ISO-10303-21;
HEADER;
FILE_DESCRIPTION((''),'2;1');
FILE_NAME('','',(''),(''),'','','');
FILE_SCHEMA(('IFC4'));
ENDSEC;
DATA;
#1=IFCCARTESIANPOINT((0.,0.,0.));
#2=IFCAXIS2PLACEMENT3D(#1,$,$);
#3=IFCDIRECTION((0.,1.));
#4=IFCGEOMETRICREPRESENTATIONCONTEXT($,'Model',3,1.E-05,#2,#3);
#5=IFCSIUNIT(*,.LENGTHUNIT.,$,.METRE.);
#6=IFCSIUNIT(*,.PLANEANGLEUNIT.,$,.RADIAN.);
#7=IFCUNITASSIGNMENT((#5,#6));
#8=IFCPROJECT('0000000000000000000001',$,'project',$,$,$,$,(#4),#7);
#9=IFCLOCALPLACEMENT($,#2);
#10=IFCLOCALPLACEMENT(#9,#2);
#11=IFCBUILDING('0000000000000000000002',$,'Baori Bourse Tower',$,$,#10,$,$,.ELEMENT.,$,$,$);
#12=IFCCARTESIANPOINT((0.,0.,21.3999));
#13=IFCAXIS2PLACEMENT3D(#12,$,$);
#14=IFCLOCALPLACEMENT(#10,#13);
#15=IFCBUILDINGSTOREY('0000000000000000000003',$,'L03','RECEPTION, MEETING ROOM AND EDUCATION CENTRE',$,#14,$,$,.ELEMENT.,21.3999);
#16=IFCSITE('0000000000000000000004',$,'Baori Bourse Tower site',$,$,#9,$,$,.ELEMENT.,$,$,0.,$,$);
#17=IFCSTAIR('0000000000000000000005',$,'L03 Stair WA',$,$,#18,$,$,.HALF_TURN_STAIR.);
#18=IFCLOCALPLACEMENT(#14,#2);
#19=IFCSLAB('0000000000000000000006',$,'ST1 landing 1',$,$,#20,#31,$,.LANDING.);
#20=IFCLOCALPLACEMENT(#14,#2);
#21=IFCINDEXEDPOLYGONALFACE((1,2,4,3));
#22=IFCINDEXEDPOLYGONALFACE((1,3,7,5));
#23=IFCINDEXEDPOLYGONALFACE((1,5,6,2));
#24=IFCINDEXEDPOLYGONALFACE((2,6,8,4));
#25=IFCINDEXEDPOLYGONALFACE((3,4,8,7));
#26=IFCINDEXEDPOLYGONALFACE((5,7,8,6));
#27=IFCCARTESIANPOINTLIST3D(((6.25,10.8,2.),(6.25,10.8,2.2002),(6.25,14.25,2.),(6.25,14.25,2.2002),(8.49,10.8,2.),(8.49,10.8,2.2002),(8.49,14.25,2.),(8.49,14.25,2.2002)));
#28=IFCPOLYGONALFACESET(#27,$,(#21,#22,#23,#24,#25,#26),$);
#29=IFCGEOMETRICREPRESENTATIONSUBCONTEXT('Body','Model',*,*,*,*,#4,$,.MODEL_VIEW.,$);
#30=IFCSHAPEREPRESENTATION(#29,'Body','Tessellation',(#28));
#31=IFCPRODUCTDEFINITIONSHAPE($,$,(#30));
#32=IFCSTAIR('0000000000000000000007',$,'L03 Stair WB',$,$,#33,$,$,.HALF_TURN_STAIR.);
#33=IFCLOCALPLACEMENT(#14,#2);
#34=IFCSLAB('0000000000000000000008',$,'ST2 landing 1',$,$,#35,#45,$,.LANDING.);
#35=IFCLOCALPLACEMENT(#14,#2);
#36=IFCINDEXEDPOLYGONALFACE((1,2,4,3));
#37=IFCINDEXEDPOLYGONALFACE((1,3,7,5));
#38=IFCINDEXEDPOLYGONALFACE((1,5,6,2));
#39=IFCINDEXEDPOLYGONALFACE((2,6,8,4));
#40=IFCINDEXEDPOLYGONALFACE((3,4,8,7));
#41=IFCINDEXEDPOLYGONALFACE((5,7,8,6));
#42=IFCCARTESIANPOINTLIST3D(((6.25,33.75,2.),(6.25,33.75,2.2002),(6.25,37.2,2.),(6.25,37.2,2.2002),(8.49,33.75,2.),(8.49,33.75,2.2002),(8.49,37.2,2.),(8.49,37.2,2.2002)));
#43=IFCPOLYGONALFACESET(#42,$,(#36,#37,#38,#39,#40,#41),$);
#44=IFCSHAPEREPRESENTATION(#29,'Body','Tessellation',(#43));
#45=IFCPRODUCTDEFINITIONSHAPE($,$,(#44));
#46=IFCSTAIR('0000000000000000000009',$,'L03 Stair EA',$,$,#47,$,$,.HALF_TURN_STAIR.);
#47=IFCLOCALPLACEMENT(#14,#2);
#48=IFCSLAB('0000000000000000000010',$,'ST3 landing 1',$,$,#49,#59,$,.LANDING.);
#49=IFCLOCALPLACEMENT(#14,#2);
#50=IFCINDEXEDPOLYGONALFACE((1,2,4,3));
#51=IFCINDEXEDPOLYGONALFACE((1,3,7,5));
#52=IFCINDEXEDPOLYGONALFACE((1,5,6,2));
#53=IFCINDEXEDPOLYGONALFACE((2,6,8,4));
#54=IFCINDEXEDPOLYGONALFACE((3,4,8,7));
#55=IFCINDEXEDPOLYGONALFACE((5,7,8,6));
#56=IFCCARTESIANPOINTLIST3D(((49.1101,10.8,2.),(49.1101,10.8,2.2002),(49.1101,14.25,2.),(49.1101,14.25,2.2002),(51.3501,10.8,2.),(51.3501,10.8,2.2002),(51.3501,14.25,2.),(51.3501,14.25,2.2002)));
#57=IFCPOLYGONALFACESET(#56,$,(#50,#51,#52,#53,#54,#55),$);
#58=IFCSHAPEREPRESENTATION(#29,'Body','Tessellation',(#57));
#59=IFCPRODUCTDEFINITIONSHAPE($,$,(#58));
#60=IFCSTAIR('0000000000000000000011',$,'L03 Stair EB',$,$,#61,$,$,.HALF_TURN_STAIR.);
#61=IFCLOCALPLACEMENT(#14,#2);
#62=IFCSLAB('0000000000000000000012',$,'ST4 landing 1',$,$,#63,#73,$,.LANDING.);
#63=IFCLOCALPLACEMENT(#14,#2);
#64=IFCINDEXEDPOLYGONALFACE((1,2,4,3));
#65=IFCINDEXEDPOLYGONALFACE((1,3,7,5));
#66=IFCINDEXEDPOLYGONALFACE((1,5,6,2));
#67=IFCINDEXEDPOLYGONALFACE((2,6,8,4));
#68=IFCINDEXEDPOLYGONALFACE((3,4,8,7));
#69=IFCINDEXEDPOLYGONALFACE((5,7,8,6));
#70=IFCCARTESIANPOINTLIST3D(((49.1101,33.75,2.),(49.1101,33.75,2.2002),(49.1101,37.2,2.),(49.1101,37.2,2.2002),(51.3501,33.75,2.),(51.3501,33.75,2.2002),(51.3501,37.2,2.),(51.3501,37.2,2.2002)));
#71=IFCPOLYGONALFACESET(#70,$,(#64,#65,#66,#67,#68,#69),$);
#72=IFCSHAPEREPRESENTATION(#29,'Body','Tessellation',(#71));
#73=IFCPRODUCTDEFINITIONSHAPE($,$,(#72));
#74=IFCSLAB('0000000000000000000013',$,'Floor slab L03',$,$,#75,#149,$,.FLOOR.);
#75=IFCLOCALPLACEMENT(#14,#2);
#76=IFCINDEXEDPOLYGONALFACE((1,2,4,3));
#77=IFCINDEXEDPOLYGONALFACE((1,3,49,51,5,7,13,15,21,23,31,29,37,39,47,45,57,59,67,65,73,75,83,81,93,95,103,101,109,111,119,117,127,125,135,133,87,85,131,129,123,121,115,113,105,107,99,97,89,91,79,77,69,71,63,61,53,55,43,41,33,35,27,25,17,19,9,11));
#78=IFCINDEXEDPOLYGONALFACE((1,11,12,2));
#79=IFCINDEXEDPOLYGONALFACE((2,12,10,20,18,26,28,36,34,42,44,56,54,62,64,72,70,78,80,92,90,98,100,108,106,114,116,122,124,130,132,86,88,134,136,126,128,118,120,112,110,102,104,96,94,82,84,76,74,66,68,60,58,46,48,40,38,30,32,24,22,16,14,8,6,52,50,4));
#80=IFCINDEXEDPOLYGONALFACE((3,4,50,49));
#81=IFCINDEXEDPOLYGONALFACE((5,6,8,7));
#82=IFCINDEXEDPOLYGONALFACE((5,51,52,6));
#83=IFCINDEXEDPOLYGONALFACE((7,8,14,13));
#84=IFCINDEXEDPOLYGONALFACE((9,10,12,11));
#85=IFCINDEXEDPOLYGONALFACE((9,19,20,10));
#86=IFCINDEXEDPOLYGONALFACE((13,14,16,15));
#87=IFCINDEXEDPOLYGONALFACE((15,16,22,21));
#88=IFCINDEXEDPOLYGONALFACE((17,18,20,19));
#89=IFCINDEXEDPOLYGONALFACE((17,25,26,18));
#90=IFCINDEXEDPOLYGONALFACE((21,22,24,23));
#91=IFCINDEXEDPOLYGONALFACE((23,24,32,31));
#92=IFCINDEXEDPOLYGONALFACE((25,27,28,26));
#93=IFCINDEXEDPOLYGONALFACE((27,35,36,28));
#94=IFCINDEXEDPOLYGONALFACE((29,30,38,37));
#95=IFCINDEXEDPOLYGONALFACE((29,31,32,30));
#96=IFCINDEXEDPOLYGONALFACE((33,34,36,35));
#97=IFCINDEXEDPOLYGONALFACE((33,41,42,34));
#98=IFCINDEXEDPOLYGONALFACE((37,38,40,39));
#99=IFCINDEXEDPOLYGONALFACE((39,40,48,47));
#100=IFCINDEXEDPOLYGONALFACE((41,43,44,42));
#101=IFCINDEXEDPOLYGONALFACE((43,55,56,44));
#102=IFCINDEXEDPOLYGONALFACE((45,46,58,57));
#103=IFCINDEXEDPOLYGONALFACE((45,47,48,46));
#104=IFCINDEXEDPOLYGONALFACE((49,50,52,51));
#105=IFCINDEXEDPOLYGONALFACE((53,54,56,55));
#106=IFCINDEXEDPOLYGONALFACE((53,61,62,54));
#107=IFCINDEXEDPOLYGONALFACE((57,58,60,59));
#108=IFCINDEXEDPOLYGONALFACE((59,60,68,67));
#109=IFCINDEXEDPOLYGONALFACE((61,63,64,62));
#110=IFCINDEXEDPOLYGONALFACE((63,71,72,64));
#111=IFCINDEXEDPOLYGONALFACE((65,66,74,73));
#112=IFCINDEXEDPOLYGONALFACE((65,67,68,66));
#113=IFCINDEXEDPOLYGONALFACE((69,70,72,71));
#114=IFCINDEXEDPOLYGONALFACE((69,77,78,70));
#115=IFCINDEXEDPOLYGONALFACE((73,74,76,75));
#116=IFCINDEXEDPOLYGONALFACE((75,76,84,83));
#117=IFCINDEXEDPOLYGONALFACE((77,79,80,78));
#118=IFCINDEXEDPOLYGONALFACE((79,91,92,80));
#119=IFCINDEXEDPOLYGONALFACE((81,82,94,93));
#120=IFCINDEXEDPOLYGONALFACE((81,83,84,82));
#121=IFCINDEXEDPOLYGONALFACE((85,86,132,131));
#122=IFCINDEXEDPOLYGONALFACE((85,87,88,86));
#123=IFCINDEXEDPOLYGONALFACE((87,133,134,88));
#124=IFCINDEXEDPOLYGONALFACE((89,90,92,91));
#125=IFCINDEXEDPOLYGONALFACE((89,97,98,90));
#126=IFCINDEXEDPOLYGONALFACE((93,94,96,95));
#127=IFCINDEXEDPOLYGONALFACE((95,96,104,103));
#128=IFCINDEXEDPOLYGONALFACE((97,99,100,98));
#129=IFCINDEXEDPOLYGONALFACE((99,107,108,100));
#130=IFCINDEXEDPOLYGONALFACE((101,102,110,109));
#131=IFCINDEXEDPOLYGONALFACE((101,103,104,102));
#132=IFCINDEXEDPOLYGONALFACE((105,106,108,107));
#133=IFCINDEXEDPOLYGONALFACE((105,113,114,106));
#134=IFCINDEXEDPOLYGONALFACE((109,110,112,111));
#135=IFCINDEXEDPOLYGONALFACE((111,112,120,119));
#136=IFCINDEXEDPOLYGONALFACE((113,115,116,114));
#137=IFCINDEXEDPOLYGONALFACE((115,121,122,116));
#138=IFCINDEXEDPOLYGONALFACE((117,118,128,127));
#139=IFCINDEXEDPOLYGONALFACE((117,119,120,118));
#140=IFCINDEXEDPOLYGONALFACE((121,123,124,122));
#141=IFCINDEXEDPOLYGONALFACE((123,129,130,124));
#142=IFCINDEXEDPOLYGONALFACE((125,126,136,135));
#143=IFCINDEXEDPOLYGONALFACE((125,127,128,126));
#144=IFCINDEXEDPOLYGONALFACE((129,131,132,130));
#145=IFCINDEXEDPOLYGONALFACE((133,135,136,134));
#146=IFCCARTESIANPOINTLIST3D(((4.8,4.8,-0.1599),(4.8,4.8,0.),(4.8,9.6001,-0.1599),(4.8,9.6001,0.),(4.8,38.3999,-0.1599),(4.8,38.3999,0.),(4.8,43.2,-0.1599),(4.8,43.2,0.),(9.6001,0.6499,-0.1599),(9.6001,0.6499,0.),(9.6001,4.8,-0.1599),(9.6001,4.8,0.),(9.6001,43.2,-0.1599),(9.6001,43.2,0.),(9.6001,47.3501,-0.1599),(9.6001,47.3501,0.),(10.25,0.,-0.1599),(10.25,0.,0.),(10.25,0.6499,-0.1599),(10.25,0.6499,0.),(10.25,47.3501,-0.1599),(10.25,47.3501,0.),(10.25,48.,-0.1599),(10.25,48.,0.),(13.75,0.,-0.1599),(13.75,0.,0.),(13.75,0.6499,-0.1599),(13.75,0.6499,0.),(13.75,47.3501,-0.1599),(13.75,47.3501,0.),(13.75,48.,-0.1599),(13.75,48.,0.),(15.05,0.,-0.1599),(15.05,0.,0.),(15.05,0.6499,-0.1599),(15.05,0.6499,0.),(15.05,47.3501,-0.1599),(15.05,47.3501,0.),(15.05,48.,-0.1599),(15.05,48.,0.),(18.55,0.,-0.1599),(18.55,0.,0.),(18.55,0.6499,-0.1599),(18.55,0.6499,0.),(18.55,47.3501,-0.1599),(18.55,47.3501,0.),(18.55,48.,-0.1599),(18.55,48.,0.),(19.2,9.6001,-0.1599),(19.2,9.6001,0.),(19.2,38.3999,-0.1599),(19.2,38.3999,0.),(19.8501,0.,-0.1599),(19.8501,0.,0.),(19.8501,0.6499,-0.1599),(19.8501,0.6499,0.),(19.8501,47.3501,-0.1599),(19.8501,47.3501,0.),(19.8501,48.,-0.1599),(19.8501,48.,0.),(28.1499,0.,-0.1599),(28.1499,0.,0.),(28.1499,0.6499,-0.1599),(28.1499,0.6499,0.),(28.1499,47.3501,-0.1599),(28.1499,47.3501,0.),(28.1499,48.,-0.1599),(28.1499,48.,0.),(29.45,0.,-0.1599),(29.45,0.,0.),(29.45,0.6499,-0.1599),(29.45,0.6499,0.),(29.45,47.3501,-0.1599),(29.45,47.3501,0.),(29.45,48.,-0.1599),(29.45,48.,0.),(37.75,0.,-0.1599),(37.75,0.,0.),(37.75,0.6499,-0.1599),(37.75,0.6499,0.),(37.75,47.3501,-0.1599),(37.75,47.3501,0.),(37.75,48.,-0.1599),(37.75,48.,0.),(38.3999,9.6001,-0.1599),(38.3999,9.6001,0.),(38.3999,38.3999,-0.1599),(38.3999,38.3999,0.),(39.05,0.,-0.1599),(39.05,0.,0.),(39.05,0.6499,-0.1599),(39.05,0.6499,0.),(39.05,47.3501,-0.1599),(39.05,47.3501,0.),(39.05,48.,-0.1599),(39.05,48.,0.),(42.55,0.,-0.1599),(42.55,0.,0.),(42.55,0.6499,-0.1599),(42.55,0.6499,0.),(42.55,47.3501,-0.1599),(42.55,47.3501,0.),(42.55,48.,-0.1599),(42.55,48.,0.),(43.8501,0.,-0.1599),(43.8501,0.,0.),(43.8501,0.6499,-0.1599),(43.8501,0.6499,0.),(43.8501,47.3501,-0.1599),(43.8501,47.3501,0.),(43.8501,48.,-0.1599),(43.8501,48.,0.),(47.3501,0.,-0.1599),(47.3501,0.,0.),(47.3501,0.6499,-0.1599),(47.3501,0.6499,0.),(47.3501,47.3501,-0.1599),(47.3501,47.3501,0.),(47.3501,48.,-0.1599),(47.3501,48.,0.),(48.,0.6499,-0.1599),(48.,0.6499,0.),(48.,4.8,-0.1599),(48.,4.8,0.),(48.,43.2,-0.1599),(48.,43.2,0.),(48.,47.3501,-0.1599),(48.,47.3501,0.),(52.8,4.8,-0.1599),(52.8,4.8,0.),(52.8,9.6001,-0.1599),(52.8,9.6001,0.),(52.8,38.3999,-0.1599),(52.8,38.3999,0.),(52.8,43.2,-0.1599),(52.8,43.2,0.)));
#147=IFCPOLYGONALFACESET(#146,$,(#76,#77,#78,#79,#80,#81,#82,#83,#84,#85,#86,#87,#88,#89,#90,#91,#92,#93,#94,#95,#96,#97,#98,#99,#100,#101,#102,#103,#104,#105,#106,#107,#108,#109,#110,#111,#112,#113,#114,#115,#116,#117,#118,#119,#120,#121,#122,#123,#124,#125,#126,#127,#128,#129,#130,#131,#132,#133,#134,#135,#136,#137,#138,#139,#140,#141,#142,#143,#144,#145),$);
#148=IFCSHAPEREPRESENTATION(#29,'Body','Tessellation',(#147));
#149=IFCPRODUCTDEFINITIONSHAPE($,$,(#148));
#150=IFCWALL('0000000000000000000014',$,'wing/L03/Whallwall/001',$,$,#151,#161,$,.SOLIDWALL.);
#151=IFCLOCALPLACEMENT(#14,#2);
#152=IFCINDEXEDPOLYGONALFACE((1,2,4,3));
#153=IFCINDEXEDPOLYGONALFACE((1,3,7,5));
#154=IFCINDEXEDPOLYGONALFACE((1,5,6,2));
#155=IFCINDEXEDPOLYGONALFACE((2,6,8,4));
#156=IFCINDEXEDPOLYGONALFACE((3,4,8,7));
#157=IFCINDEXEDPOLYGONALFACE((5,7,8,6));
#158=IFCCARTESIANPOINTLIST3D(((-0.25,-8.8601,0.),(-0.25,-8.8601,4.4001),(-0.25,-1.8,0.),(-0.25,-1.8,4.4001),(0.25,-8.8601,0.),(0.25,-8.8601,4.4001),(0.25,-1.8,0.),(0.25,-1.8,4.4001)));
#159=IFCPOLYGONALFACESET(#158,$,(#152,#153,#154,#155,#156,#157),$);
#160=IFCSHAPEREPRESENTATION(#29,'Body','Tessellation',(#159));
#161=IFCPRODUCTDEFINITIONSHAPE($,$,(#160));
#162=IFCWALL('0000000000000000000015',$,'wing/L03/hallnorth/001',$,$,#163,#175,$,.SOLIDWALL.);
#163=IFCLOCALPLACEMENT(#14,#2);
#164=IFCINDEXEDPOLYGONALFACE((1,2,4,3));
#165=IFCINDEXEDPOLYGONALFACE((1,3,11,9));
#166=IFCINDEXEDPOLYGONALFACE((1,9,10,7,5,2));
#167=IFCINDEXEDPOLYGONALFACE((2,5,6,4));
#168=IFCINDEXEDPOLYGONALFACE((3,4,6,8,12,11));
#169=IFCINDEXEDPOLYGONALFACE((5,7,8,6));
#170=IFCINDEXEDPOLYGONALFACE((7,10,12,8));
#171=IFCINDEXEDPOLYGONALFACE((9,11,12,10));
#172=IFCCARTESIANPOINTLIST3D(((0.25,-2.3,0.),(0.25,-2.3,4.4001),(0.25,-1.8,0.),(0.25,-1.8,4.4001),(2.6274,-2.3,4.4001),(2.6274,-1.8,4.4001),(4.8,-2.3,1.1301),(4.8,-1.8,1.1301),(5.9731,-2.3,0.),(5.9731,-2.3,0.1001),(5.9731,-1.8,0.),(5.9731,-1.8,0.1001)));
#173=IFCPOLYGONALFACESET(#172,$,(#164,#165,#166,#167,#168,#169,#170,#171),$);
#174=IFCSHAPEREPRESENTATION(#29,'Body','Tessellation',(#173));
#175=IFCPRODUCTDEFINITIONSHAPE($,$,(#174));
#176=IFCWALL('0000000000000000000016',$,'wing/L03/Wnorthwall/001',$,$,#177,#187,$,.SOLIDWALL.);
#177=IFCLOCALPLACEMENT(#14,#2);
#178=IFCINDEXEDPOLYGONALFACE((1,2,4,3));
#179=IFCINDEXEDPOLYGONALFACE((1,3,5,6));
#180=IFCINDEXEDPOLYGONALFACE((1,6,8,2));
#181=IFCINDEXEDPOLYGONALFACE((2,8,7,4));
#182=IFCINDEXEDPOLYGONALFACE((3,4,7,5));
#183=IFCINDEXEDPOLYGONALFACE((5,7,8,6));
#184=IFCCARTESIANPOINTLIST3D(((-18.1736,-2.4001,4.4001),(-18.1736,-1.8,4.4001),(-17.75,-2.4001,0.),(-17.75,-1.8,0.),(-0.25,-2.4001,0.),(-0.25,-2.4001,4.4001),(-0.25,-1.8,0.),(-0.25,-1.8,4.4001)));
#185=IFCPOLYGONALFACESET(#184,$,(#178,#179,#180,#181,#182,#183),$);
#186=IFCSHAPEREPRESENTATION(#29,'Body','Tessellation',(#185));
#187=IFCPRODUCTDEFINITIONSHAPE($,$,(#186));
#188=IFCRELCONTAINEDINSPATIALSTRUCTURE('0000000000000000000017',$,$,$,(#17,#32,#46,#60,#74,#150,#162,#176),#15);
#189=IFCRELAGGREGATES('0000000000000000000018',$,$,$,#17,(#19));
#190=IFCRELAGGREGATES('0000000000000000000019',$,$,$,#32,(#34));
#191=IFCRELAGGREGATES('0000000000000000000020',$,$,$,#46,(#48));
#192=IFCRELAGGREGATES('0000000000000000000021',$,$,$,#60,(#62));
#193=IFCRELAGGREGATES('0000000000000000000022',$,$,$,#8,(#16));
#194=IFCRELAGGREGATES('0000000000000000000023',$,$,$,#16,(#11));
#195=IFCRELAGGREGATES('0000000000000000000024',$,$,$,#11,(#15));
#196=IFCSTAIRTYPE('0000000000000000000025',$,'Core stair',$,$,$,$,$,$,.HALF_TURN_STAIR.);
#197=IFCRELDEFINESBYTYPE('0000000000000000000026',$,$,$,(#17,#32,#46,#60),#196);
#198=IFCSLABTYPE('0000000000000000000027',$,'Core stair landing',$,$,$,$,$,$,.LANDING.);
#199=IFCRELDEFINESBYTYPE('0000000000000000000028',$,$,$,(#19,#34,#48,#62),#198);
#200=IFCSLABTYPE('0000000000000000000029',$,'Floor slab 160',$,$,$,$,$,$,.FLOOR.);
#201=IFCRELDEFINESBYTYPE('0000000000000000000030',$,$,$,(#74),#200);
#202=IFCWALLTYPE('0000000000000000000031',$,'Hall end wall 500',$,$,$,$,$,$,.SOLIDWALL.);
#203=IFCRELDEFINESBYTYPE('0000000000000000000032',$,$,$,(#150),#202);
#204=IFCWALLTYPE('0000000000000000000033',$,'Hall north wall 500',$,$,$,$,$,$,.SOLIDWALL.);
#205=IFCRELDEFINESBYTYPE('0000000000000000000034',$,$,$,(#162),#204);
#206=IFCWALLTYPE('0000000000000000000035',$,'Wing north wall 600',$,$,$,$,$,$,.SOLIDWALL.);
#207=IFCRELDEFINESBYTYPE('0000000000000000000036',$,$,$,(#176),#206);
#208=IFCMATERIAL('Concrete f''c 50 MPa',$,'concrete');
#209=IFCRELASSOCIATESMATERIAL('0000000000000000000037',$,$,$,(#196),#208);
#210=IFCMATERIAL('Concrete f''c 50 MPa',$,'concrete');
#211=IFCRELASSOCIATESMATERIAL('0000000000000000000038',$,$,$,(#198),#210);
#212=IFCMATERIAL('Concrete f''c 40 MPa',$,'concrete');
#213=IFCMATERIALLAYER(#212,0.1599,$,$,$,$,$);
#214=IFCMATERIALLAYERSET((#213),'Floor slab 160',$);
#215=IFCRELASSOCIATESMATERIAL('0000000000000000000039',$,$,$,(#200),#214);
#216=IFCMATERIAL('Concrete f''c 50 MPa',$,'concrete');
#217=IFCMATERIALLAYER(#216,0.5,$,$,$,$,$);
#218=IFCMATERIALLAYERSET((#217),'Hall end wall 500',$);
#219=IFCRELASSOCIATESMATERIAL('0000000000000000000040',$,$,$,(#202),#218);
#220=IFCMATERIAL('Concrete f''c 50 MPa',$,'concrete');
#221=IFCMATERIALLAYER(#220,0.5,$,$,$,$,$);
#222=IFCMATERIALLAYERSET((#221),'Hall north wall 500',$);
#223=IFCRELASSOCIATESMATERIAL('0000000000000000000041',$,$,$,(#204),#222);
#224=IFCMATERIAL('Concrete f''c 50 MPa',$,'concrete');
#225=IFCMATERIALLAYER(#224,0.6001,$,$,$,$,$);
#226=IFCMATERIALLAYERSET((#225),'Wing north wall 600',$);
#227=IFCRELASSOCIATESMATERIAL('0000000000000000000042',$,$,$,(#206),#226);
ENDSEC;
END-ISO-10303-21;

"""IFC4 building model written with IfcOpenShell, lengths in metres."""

from ifc_helpers import new_model, si_unit, direction, frame, frame_2d, origin, place, context, subcontext, project, spatial, polyline, rectangle, outline, extrude, material, layer, layer_set, type_object, element, aggregate, save


model = new_model("IFC4")

# Units and contexts
model_context = context("Model", 3, precision=1e-05, world=origin(), true_north=direction((0.0, 1.0)))
body_context = subcontext(model_context, "Body", "Model", "MODEL_VIEW")
ifc_project = project(units=[si_unit("LENGTHUNIT", "METRE"), si_unit("PLANEANGLEUNIT", "RADIAN")], contexts=[model_context])

# Site, building, storey
site_placement = place(None, origin())
site = spatial("IfcSite", under=ifc_project, at=site_placement, Name="Baori Bourse Tower site", CompositionType="ELEMENT", RefElevation=0.0)
building_placement = place(site_placement, origin())
building = spatial("IfcBuilding", under=site, at=building_placement, Name="Baori Bourse Tower", CompositionType="ELEMENT")
storey_placement = place(building_placement, frame((0.0, 0.0, 21.3999)))
storey = spatial("IfcBuildingStorey", under=building, at=storey_placement, Name="L03", Description="RECEPTION, MEETING ROOM AND EDUCATION CENTRE", CompositionType="ELEMENT", Elevation=21.3999)

# Stairs, slabs
ifc_material_1 = material(Name="Concrete f'c 50 MPa", Category="concrete")
stair_type_1 = type_object("IfcStairType", Name="Core stair", PredefinedType="HALF_TURN_STAIR", material=ifc_material_1)
stair_1_placement = place(storey_placement, origin())
stair_1 = element("IfcStair", 1, at=stair_1_placement, inside=storey, type_object=stair_type_1, Name="L03 Stair WA", PredefinedType="HALF_TURN_STAIR")
ifc_material_2 = material(Name="Concrete f'c 50 MPa", Category="concrete")
slab_type_1 = type_object("IfcSlabType", Name="Core stair landing", PredefinedType="LANDING", material=ifc_material_2)
slab_1_placement = place(storey_placement, frame((0.0, 0.0, 2.0)))
slab_1 = element("IfcSlab", 2, at=slab_1_placement, type_object=slab_type_1, Name="ST1 landing 1", PredefinedType="LANDING", context=body_context, shape_type="SweptSolid", body=[
    extrude(outline(polyline([(8.49, 14.25), (6.25, 14.25), (6.25, 10.8), (8.49, 10.8), (8.49, 14.25)])), origin(), (0.0, 0.0, 1.0), 0.2002),
])
aggregate(stair_1, [slab_1])
stair_2_placement = place(storey_placement, origin())
stair_2 = element("IfcStair", 3, at=stair_2_placement, inside=storey, type_object=stair_type_1, Name="L03 Stair WB", PredefinedType="HALF_TURN_STAIR")
slab_2_placement = place(storey_placement, frame((0.0, 0.0, 2.0)))
slab_2 = element("IfcSlab", 4, at=slab_2_placement, type_object=slab_type_1, Name="ST2 landing 1", PredefinedType="LANDING", context=body_context, shape_type="SweptSolid", body=[
    extrude(outline(polyline([(8.49, 37.2), (6.25, 37.2), (6.25, 33.75), (8.49, 33.75), (8.49, 37.2)])), origin(), (0.0, 0.0, 1.0), 0.2002),
])
aggregate(stair_2, [slab_2])
stair_3_placement = place(storey_placement, origin())
stair_3 = element("IfcStair", 5, at=stair_3_placement, inside=storey, type_object=stair_type_1, Name="L03 Stair EA", PredefinedType="HALF_TURN_STAIR")
slab_3_placement = place(storey_placement, frame((0.0, 0.0, 2.0)))
slab_3 = element("IfcSlab", 6, at=slab_3_placement, type_object=slab_type_1, Name="ST3 landing 1", PredefinedType="LANDING", context=body_context, shape_type="SweptSolid", body=[
    extrude(outline(polyline([(49.1101, 10.8), (51.3501, 10.8), (51.3501, 14.25), (49.1101, 14.25), (49.1101, 10.8)])), origin(), (0.0, 0.0, 1.0), 0.2002),
])
aggregate(stair_3, [slab_3])
stair_4_placement = place(storey_placement, origin())
stair_4 = element("IfcStair", 7, at=stair_4_placement, inside=storey, type_object=stair_type_1, Name="L03 Stair EB", PredefinedType="HALF_TURN_STAIR")
slab_4_placement = place(storey_placement, frame((0.0, 0.0, 2.0)))
slab_4 = element("IfcSlab", 8, at=slab_4_placement, type_object=slab_type_1, Name="ST4 landing 1", PredefinedType="LANDING", context=body_context, shape_type="SweptSolid", body=[
    extrude(outline(polyline([(49.1101, 33.75), (51.3501, 33.75), (51.3501, 37.2), (49.1101, 37.2), (49.1101, 33.75)])), origin(), (0.0, 0.0, 1.0), 0.2002),
])
aggregate(stair_4, [slab_4])

# Slab
ifc_material_3 = material(Name="Concrete f'c 40 MPa", Category="concrete")
ifc_layer_1 = layer(ifc_material_3, 0.1599)
ifc_layer_set_1 = layer_set([ifc_layer_1], Name="Floor slab 160")
slab_type_2 = type_object("IfcSlabType", Name="Floor slab 160", PredefinedType="FLOOR", material=ifc_layer_set_1)
slab_5_placement = place(storey_placement, frame((0.0, 0.0, -0.1599)))
element("IfcSlab", 9, at=slab_5_placement, inside=storey, type_object=slab_type_2, Name="Floor slab L03", PredefinedType="FLOOR", context=body_context, shape_type="SweptSolid", body=[
    extrude(outline(polyline([(9.6001, 4.8), (4.8, 4.8), (4.8, 9.6001), (19.2, 9.6001), (19.2, 38.3999), (4.8, 38.3999), (4.8, 43.2), (9.6001, 43.2), (9.6001, 47.3501), (10.25, 47.3501), (10.25, 48.0), (13.75, 48.0), (13.75, 47.3501), (15.05, 47.3501), (15.05, 48.0), (18.55, 48.0), (18.55, 47.3501), (19.8501, 47.3501), (19.8501, 48.0), (28.1499, 48.0), (28.1499, 47.3501), (29.45, 47.3501), (29.45, 48.0), (37.75, 48.0), (37.75, 47.3501), (39.05, 47.3501), (39.05, 48.0), (42.55, 48.0), (42.55, 47.3501), (43.8501, 47.3501), (43.8501, 48.0), (47.3501, 48.0), (47.3501, 47.3501), (48.0, 47.3501), (48.0, 43.2), (52.8, 43.2), (52.8, 38.3999), (38.3999, 38.3999), (38.3999, 9.6001), (52.8, 9.6001), (52.8, 4.8), (48.0, 4.8), (48.0, 0.6499), (47.3501, 0.6499), (47.3501, 0.0), (43.8501, 0.0), (43.8501, 0.6499), (42.55, 0.6499), (42.55, 0.0), (39.05, 0.0), (39.05, 0.6499), (37.75, 0.6499), (37.75, 0.0), (29.45, 0.0), (29.45, 0.6499), (28.1499, 0.6499), (28.1499, 0.0), (19.8501, 0.0), (19.8501, 0.6499), (18.55, 0.6499), (18.55, 0.0), (15.05, 0.0), (15.05, 0.6499), (13.75, 0.6499), (13.75, 0.0), (10.25, 0.0), (10.25, 0.6499), (9.6001, 0.6499), (9.6001, 4.8)])), origin(), (0.0, 0.0, 1.0), 0.1599),
])

# Walls
ifc_material_4 = material(Name="Concrete f'c 50 MPa", Category="concrete")
ifc_layer_2 = layer(ifc_material_4, 0.5)
ifc_layer_set_2 = layer_set([ifc_layer_2], Name="Hall end wall 500")
wall_type_1 = type_object("IfcWallType", Name="Hall end wall 500", PredefinedType="SOLIDWALL", material=ifc_layer_set_2)
wall_1_placement = place(storey_placement, frame((0.0, -1.8, 0.0), z_axis=(0.0, 0.0, 1.0), x_axis=(0.0, -1.0, 0.0)))
element("IfcWall", 10, at=wall_1_placement, inside=storey, type_object=wall_type_1, Name="wing/L03/Whallwall/001", PredefinedType="SOLIDWALL", context=body_context, shape_type="SweptSolid", body=[
    extrude(rectangle(XDim=7.0601, YDim=0.5, at=frame_2d((3.53, 0.0))), origin(), (0.0, 0.0, 1.0), 4.4001),
])
ifc_material_5 = material(Name="Concrete f'c 50 MPa", Category="concrete")
ifc_layer_3 = layer(ifc_material_5, 0.5)
ifc_layer_set_3 = layer_set([ifc_layer_3], Name="Hall north wall 500")
wall_type_2 = type_object("IfcWallType", Name="Hall north wall 500", PredefinedType="SOLIDWALL", material=ifc_layer_set_3)
wall_2_placement = place(storey_placement, frame((0.25, -2.05, 0.0), z_axis=(0.0, 0.0, 1.0), x_axis=(1.0, 0.0, 0.0)))
element("IfcWall", 11, at=wall_2_placement, inside=storey, type_object=wall_type_2, Name="wing/L03/hallnorth/001", PredefinedType="SOLIDWALL", context=body_context, shape_type="SweptSolid", body=[
    extrude(outline(polyline([(0.0, 0.0), (5.7231, 0.0), (5.7231, 0.1001), (4.55, 1.1301), (2.3774, 4.4001), (0.0, 4.4001), (0.0, 0.0)])), frame((0.0, 0.25, 0.0), z_axis=(0.0, -1.0, 0.0), x_axis=(1.0, 0.0, 0.0)), (0.0, 0.0, 1.0), 0.5),
])
ifc_material_6 = material(Name="Concrete f'c 50 MPa", Category="concrete")
ifc_layer_4 = layer(ifc_material_6, 0.6001)
ifc_layer_set_4 = layer_set([ifc_layer_4], Name="Wing north wall 600")
wall_type_3 = type_object("IfcWallType", Name="Wing north wall 600", PredefinedType="SOLIDWALL", material=ifc_layer_set_4)
wall_3_placement = place(storey_placement, frame((-0.25, -2.1001, 0.0), z_axis=(0.0, 0.0, 1.0), x_axis=(-1.0, 0.0, 0.0)))
element("IfcWall", 12, at=wall_3_placement, inside=storey, type_object=wall_type_3, Name="wing/L03/Wnorthwall/001", PredefinedType="SOLIDWALL", context=body_context, shape_type="SweptSolid", body=[
    extrude(outline(polyline([(0.0, 0.0), (17.5, 0.0), (17.9236, 4.4001), (0.0, 4.4001), (0.0, 0.0)])), frame((0.0, 0.3, 0.0), z_axis=(0.0, -1.0, 0.0), x_axis=(1.0, 0.0, 0.0)), (0.0, 0.0, 1.0), 0.6001),
])

save(model, "model.ifc")
